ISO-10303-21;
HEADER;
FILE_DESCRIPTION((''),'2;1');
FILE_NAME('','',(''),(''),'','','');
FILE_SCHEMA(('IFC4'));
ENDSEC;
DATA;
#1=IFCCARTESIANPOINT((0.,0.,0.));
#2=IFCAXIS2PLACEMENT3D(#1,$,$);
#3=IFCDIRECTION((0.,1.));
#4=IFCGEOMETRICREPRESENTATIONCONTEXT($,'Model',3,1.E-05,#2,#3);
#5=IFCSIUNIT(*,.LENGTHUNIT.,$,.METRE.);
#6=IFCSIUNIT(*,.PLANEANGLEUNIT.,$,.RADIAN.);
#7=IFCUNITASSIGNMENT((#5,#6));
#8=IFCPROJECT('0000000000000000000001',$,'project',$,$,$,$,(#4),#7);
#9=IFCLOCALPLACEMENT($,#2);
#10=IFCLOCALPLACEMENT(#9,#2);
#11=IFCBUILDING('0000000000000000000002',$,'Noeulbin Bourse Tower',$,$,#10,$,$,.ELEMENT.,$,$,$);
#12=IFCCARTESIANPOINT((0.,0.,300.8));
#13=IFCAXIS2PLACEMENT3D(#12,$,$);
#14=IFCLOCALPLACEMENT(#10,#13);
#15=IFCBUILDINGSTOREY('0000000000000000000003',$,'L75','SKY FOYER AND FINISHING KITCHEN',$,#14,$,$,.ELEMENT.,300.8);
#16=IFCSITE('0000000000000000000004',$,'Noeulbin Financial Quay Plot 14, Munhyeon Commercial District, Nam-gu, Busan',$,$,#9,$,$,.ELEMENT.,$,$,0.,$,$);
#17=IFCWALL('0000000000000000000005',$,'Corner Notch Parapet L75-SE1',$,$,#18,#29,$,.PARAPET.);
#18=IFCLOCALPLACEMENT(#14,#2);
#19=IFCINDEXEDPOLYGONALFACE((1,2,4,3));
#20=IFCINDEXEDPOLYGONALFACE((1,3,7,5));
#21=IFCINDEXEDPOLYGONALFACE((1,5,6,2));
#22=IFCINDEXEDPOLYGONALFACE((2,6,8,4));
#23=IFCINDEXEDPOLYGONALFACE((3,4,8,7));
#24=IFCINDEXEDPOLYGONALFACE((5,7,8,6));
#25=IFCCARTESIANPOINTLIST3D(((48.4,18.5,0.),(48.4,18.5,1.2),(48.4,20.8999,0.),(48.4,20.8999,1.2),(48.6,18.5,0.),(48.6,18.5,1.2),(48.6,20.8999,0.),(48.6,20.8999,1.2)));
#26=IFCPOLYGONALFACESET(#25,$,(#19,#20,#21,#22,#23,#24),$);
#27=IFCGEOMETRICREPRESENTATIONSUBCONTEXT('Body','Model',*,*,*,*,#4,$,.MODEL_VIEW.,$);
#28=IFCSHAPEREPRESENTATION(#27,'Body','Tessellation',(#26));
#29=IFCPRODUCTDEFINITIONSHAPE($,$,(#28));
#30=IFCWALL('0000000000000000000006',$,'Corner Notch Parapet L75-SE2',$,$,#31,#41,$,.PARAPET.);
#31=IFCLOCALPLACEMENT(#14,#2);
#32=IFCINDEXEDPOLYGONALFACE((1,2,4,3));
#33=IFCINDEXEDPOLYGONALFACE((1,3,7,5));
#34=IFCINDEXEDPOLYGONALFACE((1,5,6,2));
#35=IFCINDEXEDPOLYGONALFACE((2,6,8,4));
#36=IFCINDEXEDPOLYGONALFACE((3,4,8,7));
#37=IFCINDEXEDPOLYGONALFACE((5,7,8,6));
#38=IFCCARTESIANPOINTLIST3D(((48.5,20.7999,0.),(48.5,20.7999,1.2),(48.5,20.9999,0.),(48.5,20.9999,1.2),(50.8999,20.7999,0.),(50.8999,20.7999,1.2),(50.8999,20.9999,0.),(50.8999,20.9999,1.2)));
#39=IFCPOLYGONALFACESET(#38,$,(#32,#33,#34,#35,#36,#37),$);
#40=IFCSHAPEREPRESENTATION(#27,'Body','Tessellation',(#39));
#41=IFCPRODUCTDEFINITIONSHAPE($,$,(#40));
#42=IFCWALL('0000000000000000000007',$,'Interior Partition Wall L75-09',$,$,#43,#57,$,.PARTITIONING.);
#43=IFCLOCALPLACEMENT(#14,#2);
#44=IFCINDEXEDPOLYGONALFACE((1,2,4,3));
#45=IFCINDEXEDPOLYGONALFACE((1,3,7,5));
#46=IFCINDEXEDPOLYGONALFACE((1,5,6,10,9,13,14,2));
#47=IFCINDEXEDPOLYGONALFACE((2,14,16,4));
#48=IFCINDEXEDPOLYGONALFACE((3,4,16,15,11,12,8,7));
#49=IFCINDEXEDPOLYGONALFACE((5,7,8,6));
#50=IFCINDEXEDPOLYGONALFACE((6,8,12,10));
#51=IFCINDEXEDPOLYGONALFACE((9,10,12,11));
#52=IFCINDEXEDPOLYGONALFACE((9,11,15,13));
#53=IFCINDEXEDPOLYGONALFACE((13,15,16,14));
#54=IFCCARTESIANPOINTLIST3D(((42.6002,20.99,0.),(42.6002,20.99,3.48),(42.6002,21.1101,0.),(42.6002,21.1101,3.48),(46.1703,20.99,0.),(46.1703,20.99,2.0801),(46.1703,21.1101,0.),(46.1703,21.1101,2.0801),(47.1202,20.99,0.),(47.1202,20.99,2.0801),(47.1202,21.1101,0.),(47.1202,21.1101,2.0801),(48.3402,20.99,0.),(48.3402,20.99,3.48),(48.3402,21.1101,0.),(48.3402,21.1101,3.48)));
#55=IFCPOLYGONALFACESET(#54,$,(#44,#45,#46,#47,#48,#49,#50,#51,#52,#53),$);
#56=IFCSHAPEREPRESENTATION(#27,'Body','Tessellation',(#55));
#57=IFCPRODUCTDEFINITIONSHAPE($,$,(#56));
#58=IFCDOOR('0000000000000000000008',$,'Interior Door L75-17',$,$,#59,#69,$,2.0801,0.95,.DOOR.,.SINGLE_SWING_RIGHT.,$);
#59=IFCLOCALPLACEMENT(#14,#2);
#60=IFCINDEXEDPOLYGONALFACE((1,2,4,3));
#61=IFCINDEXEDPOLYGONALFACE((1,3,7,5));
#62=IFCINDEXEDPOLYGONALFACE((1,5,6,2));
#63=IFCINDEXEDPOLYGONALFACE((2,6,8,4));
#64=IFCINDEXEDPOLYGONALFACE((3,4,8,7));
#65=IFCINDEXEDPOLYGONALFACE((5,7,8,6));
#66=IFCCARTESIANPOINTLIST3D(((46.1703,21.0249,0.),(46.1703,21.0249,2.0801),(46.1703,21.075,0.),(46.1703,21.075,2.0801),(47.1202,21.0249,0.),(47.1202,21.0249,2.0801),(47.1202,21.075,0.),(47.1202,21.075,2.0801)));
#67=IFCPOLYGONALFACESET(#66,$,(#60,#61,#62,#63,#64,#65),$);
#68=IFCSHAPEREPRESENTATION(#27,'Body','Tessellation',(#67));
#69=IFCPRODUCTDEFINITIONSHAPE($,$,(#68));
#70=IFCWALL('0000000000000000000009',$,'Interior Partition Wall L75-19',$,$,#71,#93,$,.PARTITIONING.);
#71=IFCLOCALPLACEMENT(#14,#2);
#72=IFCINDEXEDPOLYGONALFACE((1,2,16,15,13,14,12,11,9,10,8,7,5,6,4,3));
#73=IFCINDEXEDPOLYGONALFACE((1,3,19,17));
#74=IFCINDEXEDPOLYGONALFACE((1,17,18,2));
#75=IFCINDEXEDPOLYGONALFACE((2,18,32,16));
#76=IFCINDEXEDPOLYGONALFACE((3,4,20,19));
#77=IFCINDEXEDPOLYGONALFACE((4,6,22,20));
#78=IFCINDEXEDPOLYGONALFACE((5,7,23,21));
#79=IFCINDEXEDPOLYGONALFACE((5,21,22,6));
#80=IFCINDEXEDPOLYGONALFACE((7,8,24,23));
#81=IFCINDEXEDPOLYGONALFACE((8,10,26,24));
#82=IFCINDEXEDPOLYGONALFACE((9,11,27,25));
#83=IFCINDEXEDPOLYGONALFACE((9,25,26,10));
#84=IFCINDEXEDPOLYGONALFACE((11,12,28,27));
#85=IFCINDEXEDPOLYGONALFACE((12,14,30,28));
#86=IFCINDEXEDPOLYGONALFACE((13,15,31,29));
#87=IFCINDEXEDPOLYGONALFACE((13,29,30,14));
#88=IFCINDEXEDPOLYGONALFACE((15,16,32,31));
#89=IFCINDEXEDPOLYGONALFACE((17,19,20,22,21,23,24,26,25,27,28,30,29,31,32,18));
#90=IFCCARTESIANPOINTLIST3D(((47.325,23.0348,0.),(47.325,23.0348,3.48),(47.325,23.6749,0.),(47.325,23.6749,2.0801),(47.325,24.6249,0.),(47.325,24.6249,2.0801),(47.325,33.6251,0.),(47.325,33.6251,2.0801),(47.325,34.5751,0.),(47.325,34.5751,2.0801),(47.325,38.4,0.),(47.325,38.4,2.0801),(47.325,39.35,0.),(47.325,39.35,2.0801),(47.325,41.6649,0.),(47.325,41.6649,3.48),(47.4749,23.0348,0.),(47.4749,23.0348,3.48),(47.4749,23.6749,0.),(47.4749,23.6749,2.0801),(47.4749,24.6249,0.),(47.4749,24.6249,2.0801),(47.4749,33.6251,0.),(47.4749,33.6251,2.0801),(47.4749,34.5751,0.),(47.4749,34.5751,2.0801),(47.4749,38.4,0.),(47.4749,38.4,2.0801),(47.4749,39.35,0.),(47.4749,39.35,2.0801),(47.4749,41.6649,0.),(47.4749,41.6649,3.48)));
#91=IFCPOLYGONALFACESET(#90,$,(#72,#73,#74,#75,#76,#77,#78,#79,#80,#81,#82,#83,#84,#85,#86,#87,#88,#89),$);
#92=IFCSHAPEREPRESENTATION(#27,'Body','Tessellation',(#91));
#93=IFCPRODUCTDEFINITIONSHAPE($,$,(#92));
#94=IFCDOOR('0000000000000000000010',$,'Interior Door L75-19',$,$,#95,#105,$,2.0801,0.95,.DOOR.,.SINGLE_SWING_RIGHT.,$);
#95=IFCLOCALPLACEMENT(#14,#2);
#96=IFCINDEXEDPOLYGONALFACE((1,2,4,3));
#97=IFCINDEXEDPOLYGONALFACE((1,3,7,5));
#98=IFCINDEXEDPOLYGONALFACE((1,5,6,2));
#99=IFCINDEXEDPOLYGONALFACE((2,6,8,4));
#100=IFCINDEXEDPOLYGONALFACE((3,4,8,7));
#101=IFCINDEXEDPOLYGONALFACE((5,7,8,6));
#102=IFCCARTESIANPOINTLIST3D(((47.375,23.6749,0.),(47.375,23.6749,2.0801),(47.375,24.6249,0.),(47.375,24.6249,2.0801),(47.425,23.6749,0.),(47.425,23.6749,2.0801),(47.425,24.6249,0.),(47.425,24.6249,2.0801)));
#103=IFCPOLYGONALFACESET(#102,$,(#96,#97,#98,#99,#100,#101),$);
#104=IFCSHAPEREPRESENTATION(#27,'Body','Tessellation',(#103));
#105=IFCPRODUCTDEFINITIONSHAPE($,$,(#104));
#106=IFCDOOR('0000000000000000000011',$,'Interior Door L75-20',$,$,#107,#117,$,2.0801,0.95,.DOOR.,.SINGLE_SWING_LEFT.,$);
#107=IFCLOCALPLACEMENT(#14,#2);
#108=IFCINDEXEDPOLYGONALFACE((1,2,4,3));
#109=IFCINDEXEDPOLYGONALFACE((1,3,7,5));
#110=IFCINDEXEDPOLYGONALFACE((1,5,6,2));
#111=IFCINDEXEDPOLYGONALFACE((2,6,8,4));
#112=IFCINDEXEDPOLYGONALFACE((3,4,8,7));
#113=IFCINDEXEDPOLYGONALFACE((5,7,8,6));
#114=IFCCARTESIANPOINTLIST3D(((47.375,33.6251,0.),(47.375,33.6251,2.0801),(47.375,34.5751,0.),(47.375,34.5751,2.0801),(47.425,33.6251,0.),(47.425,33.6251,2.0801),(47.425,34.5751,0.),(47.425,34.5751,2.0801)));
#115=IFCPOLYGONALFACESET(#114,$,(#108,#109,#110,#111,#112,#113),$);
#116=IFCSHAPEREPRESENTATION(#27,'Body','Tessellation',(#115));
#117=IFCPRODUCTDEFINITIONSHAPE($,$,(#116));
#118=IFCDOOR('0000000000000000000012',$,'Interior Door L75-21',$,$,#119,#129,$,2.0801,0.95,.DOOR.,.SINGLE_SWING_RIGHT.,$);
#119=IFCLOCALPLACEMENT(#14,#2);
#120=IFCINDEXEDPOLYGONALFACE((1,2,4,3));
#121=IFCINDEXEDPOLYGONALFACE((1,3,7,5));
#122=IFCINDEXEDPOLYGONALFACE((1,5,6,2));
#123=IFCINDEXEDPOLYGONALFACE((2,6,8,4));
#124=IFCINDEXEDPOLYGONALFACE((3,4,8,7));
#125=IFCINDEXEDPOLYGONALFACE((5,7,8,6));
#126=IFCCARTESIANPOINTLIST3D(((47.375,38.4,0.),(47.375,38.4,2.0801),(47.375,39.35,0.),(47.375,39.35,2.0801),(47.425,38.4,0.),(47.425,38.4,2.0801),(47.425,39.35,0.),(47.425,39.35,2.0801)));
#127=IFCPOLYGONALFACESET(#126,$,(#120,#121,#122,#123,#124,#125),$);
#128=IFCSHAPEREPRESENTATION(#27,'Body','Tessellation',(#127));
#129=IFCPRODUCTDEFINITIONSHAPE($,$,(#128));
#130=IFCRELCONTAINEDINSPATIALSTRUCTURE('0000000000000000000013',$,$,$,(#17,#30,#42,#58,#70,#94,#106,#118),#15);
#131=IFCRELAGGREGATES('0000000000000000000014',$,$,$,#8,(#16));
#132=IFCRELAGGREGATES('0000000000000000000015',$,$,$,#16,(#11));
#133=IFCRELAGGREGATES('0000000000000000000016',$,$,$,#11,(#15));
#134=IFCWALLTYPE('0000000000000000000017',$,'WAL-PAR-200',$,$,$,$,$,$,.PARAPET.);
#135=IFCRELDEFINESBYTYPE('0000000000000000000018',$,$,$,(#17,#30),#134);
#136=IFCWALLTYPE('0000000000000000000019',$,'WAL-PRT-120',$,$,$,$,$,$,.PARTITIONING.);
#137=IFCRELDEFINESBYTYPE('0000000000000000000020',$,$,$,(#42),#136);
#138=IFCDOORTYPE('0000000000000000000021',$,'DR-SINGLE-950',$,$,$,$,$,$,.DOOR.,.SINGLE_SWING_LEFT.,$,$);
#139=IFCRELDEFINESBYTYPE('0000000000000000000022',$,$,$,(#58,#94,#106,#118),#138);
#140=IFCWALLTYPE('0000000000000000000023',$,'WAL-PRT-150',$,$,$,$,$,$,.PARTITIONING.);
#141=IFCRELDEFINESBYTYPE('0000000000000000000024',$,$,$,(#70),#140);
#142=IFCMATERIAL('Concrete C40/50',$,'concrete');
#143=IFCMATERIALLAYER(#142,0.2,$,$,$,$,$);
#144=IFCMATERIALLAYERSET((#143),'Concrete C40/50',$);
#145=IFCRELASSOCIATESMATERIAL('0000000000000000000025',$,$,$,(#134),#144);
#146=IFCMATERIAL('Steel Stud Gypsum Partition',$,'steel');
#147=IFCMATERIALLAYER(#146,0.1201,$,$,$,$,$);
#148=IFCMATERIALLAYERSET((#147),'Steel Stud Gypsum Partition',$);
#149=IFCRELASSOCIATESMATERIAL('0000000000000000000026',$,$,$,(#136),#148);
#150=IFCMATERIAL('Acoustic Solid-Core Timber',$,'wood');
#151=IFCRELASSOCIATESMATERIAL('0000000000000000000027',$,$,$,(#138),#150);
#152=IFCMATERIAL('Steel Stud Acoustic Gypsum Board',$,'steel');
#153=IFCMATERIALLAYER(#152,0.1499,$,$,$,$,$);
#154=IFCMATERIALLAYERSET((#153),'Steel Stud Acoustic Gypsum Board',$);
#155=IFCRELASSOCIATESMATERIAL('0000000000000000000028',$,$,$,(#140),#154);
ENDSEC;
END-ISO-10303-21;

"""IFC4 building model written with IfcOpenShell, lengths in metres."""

from ifc_helpers import new_model, si_unit, direction, frame, frame_2d, origin, place, context, subcontext, project, spatial, rectangle, extrude, material, layer, layer_set, type_object, element, fill, save


model = new_model("IFC4")

# Units and contexts
model_context = context("Model", 3, precision=1e-05, world=origin(), true_north=direction((0.0, 1.0)))
body_context = subcontext(model_context, "Body", "Model", "MODEL_VIEW")
ifc_project = project(units=[si_unit("LENGTHUNIT", "METRE"), si_unit("PLANEANGLEUNIT", "RADIAN")], contexts=[model_context])

# Site, building, storey
site_placement = place(None, origin())
site = spatial("IfcSite", under=ifc_project, at=site_placement, Name="Noeulbin Financial Quay Plot 14, Munhyeon Commercial District, Nam-gu, Busan", CompositionType="ELEMENT", RefElevation=0.0)
building_placement = place(site_placement, origin())
building = spatial("IfcBuilding", under=site, at=building_placement, Name="Noeulbin Bourse Tower", CompositionType="ELEMENT")
storey_placement = place(building_placement, frame((0.0, 0.0, 300.8)))
storey = spatial("IfcBuildingStorey", under=building, at=storey_placement, Name="L75", Description="SKY FOYER AND FINISHING KITCHEN", CompositionType="ELEMENT", Elevation=300.8)

# Walls
ifc_material_1 = material(Name="Concrete C40/50", Category="concrete")
ifc_layer_1 = layer(ifc_material_1, 0.2)
ifc_layer_set_1 = layer_set([ifc_layer_1], Name="Concrete C40/50")
wall_type_1 = type_object("IfcWallType", Name="WAL-PAR-200", PredefinedType="PARAPET", material=ifc_layer_set_1)
for number, where, z_axis, x_axis, name in (
    (1, (48.5, 18.5, 0.0), (0.0, 0.0, 1.0), (0.0, 1.0, 0.0), "Corner Notch Parapet L75-SE1"),
    (2, (48.5, 20.8999, 0.0), (0.0, 0.0, 1.0), (1.0, 0.0, 0.0), "Corner Notch Parapet L75-SE2"),
):
    element("IfcWall", number, at=place(storey_placement, frame(where, z_axis=z_axis, x_axis=x_axis)), inside=storey, type_object=wall_type_1, Name=name, PredefinedType="PARAPET", context=body_context, shape_type="SweptSolid", body=[
        extrude(rectangle(XDim=2.3999, YDim=0.2, at=frame_2d((1.2, 0.0))), origin(), (0.0, 0.0, 1.0), 1.2),
    ])

# Wall, opening, door
ifc_material_2 = material(Name="Steel Stud Gypsum Partition", Category="steel")
ifc_layer_2 = layer(ifc_material_2, 0.1201)
ifc_layer_set_2 = layer_set([ifc_layer_2], Name="Steel Stud Gypsum Partition")
wall_type_2 = type_object("IfcWallType", Name="WAL-PRT-120", PredefinedType="PARTITIONING", material=ifc_layer_set_2)
wall_1_placement = place(storey_placement, frame((42.6001, 21.05, 0.0), z_axis=(0.0, 0.0, 1.0), x_axis=(1.0, 0.0, 0.0)))
wall_1 = element("IfcWall", 3, at=wall_1_placement, inside=storey, type_object=wall_type_2, Name="Interior Partition Wall L75-09", PredefinedType="PARTITIONING", context=body_context, shape_type="SweptSolid", body=[
    extrude(rectangle(XDim=5.74, YDim=0.1201, at=frame_2d((2.8701, 0.0))), origin(), (0.0, 0.0, 1.0), 3.48),
])
opening_1_placement = place(wall_1_placement, frame((3.5701, 0.0, 0.0)))
opening_1 = element("IfcOpeningElement", 4, at=opening_1_placement, cuts=wall_1, PredefinedType="OPENING", context=body_context, shape_type="SweptSolid", body=[
    extrude(rectangle(XDim=0.95, YDim=2.0801, at=frame_2d((0.4751, 1.04))), frame((0.0, 0.0701, 0.0), z_axis=(0.0, -1.0, 0.0), x_axis=(1.0, 0.0, 0.0)), (0.0, 0.0, 1.0), 0.1401),
])
ifc_material_3 = material(Name="Acoustic Solid-Core Timber", Category="wood")
door_type = type_object("IfcDoorType", Name="DR-SINGLE-950", OperationType="SINGLE_SWING_LEFT", PredefinedType="DOOR", material=ifc_material_3)
door_1_placement = place(opening_1_placement, origin())
door_1 = element("IfcDoor", 5, at=door_1_placement, inside=storey, type_object=door_type, Name="Interior Door L75-17", OperationType="SINGLE_SWING_RIGHT", OverallHeight=2.0801, OverallWidth=0.95, PredefinedType="DOOR", context=body_context, shape_type="SweptSolid", body=[
    extrude(rectangle(XDim=0.95, YDim=2.0801, at=frame_2d((0.4751, 1.04))), frame((0.0, 0.0249, 0.0), z_axis=(0.0, -1.0, 0.0), x_axis=(1.0, 0.0, 0.0)), (0.0, 0.0, 1.0), 0.05),
])
fill(opening_1, door_1)

# Wall, openings, doors
ifc_material_4 = material(Name="Steel Stud Acoustic Gypsum Board", Category="steel")
ifc_layer_3 = layer(ifc_material_4, 0.1499)
ifc_layer_set_3 = layer_set([ifc_layer_3], Name="Steel Stud Acoustic Gypsum Board")
wall_type_3 = type_object("IfcWallType", Name="WAL-PRT-150", PredefinedType="PARTITIONING", material=ifc_layer_set_3)
wall_2_placement = place(storey_placement, frame((47.3999, 23.0349, 0.0), z_axis=(0.0, 0.0, 1.0), x_axis=(0.0, 1.0, 0.0)))
wall_2 = element("IfcWall", 6, at=wall_2_placement, inside=storey, type_object=wall_type_3, Name="Interior Partition Wall L75-19", PredefinedType="PARTITIONING", context=body_context, shape_type="SweptSolid", body=[
    extrude(rectangle(XDim=18.6301, YDim=0.1499, at=frame_2d((9.3149, 0.0))), origin(), (0.0, 0.0, 1.0), 3.48),
])
opening_2_placement = place(wall_2_placement, frame((0.6399, 0.0, 0.0)))
opening_2 = element("IfcOpeningElement", 7, at=opening_2_placement, cuts=wall_2, PredefinedType="OPENING", context=body_context, shape_type="SweptSolid", body=[
    extrude(rectangle(XDim=0.95, YDim=2.0801, at=frame_2d((0.4751, 1.04))), frame((0.0, 0.085, 0.0), z_axis=(0.0, -1.0, 0.0), x_axis=(1.0, 0.0, 0.0)), (0.0, 0.0, 1.0), 0.1699),
])
opening_3_placement = place(wall_2_placement, frame((10.5901, 0.0, 0.0)))
opening_3 = element("IfcOpeningElement", 8, at=opening_3_placement, cuts=wall_2, PredefinedType="OPENING", context=body_context, shape_type="SweptSolid", body=[
    extrude(rectangle(XDim=0.95, YDim=2.0801, at=frame_2d((0.4751, 1.04))), frame((0.0, 0.085, 0.0), z_axis=(0.0, -1.0, 0.0), x_axis=(1.0, 0.0, 0.0)), (0.0, 0.0, 1.0), 0.1699),
])
opening_4_placement = place(wall_2_placement, frame((15.365, 0.0, 0.0)))
opening_4 = element("IfcOpeningElement", 9, at=opening_4_placement, cuts=wall_2, PredefinedType="OPENING", context=body_context, shape_type="SweptSolid", body=[
    extrude(rectangle(XDim=0.95, YDim=2.0801, at=frame_2d((0.4751, 1.04))), frame((0.0, 0.085, 0.0), z_axis=(0.0, -1.0, 0.0), x_axis=(1.0, 0.0, 0.0)), (0.0, 0.0, 1.0), 0.1699),
])
door_2_placement = place(opening_2_placement, origin())
door_2 = element("IfcDoor", 10, at=door_2_placement, inside=storey, type_object=door_type, Name="Interior Door L75-19", OperationType="SINGLE_SWING_RIGHT", OverallHeight=2.0801, OverallWidth=0.95, PredefinedType="DOOR", context=body_context, shape_type="SweptSolid", body=[
    extrude(rectangle(XDim=0.95, YDim=2.0801, at=frame_2d((0.4751, 1.04))), frame((0.0, 0.0249, 0.0), z_axis=(0.0, -1.0, 0.0), x_axis=(1.0, 0.0, 0.0)), (0.0, 0.0, 1.0), 0.05),
])
fill(opening_2, door_2)
door_3_placement = place(opening_3_placement, origin())
door_3 = element("IfcDoor", 11, at=door_3_placement, inside=storey, type_object=door_type, Name="Interior Door L75-20", OperationType="SINGLE_SWING_LEFT", OverallHeight=2.0801, OverallWidth=0.95, PredefinedType="DOOR", context=body_context, shape_type="SweptSolid", body=[
    extrude(rectangle(XDim=0.95, YDim=2.0801, at=frame_2d((0.4751, 1.04))), frame((0.0, 0.0249, 0.0), z_axis=(0.0, -1.0, 0.0), x_axis=(1.0, 0.0, 0.0)), (0.0, 0.0, 1.0), 0.05),
])
fill(opening_3, door_3)
door_4_placement = place(opening_4_placement, origin())
door_4 = element("IfcDoor", 12, at=door_4_placement, inside=storey, type_object=door_type, Name="Interior Door L75-21", OperationType="SINGLE_SWING_RIGHT", OverallHeight=2.0801, OverallWidth=0.95, PredefinedType="DOOR", context=body_context, shape_type="SweptSolid", body=[
    extrude(rectangle(XDim=0.95, YDim=2.0801, at=frame_2d((0.4751, 1.04))), frame((0.0, 0.0249, 0.0), z_axis=(0.0, -1.0, 0.0), x_axis=(1.0, 0.0, 0.0)), (0.0, 0.0, 1.0), 0.05),
])
fill(opening_4, door_4)

save(model, "model.ifc")
